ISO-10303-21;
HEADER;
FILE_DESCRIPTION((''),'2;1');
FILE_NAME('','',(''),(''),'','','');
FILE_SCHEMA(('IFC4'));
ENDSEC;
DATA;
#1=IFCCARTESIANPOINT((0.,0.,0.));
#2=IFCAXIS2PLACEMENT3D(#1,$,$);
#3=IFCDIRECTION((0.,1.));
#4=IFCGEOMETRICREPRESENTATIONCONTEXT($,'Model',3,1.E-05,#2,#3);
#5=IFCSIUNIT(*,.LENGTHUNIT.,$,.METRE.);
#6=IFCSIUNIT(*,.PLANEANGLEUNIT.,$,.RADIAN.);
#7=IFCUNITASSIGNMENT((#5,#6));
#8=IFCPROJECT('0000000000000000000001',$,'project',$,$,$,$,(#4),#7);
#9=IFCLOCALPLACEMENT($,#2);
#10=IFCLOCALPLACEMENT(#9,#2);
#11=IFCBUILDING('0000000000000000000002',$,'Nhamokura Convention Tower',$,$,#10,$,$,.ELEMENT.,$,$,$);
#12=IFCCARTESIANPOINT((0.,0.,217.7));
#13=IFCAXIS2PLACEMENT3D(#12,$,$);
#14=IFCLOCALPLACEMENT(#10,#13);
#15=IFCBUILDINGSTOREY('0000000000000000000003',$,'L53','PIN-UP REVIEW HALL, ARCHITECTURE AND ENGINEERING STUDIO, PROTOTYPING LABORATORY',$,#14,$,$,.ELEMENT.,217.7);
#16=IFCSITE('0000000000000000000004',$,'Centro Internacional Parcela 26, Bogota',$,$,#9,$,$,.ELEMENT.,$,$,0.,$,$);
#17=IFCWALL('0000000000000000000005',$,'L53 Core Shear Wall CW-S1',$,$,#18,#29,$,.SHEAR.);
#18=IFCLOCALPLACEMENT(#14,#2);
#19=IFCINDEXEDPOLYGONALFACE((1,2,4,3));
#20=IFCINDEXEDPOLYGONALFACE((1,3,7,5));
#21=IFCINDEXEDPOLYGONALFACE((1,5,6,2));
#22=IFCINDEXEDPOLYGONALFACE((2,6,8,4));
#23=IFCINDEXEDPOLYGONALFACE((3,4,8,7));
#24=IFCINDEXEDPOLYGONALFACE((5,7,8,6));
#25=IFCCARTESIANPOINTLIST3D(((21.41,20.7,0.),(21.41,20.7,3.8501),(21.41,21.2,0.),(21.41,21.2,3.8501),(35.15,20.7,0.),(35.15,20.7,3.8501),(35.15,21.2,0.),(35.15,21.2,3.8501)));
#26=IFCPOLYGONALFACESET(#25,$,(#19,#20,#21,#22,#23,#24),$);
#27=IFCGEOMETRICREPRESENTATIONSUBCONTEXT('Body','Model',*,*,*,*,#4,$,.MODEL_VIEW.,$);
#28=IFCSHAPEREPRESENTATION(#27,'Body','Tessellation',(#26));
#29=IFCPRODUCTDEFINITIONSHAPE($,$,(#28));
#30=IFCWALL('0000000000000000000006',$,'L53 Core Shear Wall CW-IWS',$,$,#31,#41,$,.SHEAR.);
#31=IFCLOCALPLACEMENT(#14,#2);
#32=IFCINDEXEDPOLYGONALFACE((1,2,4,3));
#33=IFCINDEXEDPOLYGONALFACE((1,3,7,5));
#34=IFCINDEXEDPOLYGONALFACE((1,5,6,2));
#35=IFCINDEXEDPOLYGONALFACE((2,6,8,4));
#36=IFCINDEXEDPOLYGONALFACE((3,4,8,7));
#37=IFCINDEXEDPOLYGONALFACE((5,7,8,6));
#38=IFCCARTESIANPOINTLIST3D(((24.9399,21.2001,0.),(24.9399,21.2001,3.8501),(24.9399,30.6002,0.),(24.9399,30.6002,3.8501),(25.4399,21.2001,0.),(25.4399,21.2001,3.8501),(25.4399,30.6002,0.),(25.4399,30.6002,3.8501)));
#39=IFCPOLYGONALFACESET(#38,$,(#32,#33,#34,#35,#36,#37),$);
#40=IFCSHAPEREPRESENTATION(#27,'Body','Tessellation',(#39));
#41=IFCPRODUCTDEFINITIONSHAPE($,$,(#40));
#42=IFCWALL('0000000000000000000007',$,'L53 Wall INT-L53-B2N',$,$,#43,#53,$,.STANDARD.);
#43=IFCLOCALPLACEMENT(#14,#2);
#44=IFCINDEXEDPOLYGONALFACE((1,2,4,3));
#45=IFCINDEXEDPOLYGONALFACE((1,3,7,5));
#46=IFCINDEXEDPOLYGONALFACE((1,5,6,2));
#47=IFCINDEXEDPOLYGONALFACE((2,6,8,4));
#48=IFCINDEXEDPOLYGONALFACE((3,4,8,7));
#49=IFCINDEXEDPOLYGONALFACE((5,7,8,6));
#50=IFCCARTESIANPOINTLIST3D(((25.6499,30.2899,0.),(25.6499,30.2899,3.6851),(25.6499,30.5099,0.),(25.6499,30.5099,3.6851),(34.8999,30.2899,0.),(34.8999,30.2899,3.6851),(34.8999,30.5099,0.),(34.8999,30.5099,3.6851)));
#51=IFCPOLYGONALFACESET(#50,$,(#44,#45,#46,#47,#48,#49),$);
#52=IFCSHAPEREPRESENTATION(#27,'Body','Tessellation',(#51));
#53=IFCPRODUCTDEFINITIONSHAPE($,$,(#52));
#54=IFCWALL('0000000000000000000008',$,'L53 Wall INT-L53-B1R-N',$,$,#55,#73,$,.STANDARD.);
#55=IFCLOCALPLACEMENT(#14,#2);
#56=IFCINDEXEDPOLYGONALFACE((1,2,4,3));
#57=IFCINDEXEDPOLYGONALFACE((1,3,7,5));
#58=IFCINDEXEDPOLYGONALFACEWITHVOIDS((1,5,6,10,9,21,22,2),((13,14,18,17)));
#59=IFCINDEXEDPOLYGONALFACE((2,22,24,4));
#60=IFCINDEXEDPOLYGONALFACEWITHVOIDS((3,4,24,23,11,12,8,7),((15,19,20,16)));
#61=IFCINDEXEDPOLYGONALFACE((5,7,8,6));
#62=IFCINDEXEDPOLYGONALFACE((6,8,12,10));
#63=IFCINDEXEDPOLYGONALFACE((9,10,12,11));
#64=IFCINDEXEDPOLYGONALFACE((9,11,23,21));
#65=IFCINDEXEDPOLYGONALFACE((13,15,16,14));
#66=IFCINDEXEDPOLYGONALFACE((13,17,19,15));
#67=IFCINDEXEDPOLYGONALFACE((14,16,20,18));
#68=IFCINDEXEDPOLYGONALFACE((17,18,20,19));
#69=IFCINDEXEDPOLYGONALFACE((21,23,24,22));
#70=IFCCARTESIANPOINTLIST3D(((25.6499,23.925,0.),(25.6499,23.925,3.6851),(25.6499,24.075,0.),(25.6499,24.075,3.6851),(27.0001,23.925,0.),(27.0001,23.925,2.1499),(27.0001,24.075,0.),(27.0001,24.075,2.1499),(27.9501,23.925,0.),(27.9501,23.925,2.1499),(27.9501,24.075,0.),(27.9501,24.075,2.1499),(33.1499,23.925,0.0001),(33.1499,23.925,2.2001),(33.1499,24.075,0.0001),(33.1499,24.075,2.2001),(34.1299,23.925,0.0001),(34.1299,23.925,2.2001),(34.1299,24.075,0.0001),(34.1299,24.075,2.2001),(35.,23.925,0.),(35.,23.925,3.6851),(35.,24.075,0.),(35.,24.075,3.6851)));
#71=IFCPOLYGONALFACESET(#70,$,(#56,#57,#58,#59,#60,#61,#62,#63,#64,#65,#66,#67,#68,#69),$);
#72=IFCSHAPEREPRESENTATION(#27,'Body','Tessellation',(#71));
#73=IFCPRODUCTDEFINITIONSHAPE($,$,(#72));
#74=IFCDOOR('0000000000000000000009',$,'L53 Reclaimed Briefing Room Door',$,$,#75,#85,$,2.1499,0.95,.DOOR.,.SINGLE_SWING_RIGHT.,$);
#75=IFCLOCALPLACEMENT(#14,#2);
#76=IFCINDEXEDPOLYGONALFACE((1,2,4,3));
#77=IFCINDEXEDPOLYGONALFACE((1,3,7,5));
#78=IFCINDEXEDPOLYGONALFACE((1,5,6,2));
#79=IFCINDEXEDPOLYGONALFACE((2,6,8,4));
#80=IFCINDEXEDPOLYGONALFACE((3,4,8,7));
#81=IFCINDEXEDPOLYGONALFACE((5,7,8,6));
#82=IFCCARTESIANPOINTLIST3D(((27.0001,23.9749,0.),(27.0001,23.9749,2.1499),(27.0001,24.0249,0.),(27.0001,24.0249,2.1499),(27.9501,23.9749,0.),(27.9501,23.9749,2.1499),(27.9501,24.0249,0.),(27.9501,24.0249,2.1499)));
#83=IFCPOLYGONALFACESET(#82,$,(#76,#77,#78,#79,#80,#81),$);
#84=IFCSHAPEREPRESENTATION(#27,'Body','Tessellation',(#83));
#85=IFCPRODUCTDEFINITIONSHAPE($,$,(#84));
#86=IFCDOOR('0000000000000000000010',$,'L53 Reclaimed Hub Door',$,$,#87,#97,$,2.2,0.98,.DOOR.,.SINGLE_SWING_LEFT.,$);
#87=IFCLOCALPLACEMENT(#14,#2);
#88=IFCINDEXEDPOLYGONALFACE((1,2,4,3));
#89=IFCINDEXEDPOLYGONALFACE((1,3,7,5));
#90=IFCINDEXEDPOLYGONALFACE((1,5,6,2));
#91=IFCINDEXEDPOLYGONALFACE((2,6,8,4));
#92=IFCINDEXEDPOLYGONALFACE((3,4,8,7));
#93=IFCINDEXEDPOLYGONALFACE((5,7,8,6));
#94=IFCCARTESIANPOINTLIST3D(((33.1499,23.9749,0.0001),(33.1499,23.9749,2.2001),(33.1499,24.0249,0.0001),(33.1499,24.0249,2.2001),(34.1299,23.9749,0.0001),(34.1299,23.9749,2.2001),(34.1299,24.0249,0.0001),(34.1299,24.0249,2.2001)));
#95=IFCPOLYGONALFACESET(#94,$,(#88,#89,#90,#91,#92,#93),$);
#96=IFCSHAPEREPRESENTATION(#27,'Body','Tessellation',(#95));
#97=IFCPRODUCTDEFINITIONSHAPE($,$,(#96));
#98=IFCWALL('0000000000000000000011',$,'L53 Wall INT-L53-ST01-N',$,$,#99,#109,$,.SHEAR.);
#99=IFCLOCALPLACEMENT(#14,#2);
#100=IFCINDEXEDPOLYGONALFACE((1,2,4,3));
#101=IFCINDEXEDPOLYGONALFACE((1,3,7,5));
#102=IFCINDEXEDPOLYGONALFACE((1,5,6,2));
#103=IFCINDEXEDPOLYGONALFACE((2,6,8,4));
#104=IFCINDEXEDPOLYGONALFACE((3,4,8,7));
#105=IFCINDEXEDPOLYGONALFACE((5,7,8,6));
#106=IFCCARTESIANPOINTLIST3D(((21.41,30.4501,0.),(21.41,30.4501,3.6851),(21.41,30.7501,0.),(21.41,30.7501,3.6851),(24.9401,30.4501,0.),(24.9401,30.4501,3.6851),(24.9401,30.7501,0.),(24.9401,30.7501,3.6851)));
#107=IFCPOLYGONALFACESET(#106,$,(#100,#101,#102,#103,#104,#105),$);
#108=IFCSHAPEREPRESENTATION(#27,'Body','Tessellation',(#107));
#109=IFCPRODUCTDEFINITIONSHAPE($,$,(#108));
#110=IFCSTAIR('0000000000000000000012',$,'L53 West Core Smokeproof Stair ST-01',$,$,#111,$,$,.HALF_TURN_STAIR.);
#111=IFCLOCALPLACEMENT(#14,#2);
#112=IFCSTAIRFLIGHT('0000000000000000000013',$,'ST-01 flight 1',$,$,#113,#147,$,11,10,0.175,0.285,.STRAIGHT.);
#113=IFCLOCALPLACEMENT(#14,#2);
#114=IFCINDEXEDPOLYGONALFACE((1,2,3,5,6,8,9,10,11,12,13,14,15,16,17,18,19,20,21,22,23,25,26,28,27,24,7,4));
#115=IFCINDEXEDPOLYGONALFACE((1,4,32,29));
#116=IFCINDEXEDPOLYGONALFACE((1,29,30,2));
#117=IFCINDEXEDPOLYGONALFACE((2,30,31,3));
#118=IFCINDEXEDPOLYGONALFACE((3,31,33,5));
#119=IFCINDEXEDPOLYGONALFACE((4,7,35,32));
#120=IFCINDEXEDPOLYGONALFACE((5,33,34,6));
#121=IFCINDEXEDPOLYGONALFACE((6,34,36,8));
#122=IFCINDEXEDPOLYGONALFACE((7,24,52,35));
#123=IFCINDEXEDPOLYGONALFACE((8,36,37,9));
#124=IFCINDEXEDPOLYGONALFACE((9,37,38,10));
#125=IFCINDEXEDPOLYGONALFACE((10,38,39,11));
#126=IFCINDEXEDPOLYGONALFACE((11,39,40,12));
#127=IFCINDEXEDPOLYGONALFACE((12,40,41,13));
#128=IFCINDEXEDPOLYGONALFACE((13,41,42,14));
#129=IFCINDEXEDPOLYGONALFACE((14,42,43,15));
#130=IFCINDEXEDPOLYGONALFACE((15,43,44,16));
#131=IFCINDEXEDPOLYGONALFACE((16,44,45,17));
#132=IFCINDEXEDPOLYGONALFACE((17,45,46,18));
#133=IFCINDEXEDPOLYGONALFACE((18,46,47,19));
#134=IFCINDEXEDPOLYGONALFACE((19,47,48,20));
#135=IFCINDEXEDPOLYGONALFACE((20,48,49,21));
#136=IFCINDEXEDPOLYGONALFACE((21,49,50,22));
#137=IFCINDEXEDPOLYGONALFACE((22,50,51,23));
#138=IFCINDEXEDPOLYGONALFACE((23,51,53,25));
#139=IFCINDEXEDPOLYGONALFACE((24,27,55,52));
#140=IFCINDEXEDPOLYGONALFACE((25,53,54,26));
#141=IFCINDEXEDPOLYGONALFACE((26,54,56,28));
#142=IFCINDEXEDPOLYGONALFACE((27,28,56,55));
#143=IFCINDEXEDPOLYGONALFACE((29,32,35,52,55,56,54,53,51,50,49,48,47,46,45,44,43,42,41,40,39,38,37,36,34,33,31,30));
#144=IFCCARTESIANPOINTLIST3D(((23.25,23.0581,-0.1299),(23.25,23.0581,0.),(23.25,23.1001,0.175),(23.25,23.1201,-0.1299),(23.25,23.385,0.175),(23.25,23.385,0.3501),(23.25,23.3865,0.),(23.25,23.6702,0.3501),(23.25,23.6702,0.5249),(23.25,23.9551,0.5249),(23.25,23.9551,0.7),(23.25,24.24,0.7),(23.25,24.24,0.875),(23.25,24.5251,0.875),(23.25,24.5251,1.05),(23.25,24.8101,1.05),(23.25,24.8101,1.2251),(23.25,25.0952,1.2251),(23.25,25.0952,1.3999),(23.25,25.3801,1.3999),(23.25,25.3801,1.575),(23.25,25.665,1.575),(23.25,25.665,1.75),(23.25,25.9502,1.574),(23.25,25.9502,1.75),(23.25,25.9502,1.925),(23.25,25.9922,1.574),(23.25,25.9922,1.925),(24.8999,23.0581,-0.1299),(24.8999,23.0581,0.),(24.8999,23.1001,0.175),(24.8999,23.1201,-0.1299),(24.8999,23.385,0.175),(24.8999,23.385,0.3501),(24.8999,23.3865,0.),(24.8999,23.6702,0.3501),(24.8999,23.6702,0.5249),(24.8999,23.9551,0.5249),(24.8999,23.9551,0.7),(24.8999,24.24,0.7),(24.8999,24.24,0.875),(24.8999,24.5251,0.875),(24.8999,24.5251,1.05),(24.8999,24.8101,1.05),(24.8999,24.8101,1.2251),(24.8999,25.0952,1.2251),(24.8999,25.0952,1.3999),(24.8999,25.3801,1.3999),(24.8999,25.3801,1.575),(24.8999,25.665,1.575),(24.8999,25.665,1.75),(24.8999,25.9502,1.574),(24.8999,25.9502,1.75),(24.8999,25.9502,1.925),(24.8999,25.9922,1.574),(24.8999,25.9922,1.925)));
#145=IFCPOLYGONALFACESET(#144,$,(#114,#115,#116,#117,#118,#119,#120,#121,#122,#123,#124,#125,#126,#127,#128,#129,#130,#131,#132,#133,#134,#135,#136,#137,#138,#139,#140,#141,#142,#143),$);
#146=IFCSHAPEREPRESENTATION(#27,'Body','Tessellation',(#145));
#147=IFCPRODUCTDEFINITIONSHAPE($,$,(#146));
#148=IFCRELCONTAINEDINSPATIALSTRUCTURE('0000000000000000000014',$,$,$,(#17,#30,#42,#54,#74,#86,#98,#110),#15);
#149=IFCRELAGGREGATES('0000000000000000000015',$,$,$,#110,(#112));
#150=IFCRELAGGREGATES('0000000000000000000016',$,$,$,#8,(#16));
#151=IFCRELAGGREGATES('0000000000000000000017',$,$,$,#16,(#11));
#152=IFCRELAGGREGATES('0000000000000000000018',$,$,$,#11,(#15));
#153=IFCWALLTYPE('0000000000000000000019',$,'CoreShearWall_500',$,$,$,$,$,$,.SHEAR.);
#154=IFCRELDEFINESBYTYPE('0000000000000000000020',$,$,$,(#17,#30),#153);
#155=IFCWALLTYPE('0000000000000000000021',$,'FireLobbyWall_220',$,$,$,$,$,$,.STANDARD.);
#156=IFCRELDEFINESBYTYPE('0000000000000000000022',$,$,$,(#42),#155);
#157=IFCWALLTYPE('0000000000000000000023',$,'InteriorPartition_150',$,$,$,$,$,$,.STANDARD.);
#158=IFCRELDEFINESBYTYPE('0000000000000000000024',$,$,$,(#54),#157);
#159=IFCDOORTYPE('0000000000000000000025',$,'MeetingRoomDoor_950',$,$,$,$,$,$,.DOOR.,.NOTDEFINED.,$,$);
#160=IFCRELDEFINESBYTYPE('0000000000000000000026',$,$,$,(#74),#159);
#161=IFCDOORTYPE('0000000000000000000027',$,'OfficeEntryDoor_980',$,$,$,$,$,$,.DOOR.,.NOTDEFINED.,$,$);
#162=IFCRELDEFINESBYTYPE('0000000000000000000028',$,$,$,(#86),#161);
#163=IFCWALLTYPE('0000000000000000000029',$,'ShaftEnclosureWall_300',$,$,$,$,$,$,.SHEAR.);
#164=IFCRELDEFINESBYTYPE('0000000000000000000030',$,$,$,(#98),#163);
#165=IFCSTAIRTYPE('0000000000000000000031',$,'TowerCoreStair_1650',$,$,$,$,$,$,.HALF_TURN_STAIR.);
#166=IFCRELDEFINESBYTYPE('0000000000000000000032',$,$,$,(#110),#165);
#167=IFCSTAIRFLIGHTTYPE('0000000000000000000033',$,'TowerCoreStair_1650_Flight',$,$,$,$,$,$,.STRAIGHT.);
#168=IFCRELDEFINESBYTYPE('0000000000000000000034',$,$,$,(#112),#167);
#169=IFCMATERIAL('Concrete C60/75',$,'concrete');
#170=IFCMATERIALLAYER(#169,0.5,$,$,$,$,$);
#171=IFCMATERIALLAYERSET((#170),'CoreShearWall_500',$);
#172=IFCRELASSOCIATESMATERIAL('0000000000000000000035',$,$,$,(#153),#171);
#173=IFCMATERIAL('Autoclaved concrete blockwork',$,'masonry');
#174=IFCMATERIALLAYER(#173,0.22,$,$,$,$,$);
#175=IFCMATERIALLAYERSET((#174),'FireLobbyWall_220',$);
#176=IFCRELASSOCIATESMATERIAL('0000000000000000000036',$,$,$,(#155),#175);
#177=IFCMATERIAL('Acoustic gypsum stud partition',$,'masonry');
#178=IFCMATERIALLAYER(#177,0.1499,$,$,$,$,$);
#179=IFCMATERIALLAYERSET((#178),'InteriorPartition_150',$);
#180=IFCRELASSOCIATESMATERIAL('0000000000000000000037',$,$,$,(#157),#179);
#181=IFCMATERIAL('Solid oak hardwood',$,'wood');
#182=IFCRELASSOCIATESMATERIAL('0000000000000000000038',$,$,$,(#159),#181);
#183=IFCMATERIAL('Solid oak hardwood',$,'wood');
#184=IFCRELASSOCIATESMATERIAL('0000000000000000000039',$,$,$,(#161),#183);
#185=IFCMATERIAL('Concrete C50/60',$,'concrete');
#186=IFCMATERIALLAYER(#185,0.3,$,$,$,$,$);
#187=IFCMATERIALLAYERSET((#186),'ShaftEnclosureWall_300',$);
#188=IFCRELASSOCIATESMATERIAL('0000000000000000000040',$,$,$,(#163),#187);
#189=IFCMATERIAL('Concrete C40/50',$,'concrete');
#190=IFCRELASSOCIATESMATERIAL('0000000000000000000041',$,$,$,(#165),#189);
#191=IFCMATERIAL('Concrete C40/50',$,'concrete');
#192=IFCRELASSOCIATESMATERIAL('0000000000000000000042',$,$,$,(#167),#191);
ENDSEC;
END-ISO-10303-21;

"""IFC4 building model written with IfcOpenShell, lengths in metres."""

from ifc_helpers import new_model, si_unit, direction, frame, frame_2d, origin, place, context, subcontext, project, spatial, polyline, rectangle, outline, extrude, material, layer, layer_set, type_object, element, fill, aggregate, save


model = new_model("IFC4")

# Units and contexts
model_context = context("Model", 3, precision=1e-05, world=origin(), true_north=direction((0.0, 1.0)))
body_context = subcontext(model_context, "Body", "Model", "MODEL_VIEW")
ifc_project = project(units=[si_unit("LENGTHUNIT", "METRE"), si_unit("PLANEANGLEUNIT", "RADIAN")], contexts=[model_context])

# Site, building, storey
site_placement = place(None, origin())
site = spatial("IfcSite", under=ifc_project, at=site_placement, Name="Centro Internacional Parcela 26, Bogota", CompositionType="ELEMENT", RefElevation=0.0)
building_placement = place(site_placement, origin())
building = spatial("IfcBuilding", under=site, at=building_placement, Name="Nhamokura Convention Tower", CompositionType="ELEMENT")
storey_placement = place(building_placement, frame((0.0, 0.0, 217.7)))
storey = spatial("IfcBuildingStorey", under=building, at=storey_placement, Name="L53", Description="PIN-UP REVIEW HALL, ARCHITECTURE AND ENGINEERING STUDIO, PROTOTYPING LABORATORY", CompositionType="ELEMENT", Elevation=217.7)

# Walls
ifc_material_1 = material(Name="Concrete C60/75", Category="concrete")
ifc_layer_1 = layer(ifc_material_1, 0.5)
ifc_layer_set_1 = layer_set([ifc_layer_1], Name="CoreShearWall_500")
wall_type_1 = type_object("IfcWallType", Name="CoreShearWall_500", PredefinedType="SHEAR", material=ifc_layer_set_1)
wall_1_placement = place(storey_placement, frame((21.4099, 20.95, 0.0), z_axis=(0.0, 0.0, 1.0), x_axis=(1.0, 0.0, 0.0)))
element("IfcWall", 1, at=wall_1_placement, inside=storey, type_object=wall_type_1, Name="L53 Core Shear Wall CW-S1", PredefinedType="SHEAR", context=body_context, shape_type="SweptSolid", body=[
    extrude(rectangle(XDim=13.74, YDim=0.5, at=frame_2d((6.8701, 0.0))), origin(), (0.0, 0.0, 1.0), 3.8501),
])
wall_2_placement = place(storey_placement, frame((25.1899, 21.2, 0.0), z_axis=(0.0, 0.0, 1.0), x_axis=(0.0, 1.0, 0.0)))
element("IfcWall", 2, at=wall_2_placement, inside=storey, type_object=wall_type_1, Name="L53 Core Shear Wall CW-IWS", PredefinedType="SHEAR", context=body_context, shape_type="SweptSolid", body=[
    extrude(rectangle(XDim=9.4001, YDim=0.5, at=frame_2d((4.7002, 0.0))), origin(), (0.0, 0.0, 1.0), 3.8501),
])

# Shared definitions
ifc_material_2 = material(Name="Autoclaved concrete blockwork", Category="masonry")
ifc_layer_2 = layer(ifc_material_2, 0.22)
ifc_layer_set_2 = layer_set([ifc_layer_2], Name="FireLobbyWall_220")
wall_type_2 = type_object("IfcWallType", Name="FireLobbyWall_220", PredefinedType="STANDARD", material=ifc_layer_set_2)

# Wall
wall_3_placement = place(storey_placement, frame((25.6499, 30.3999, 0.0), z_axis=(0.0, 0.0, 1.0), x_axis=(1.0, 0.0, 0.0)))
element("IfcWall", 3, at=wall_3_placement, inside=storey, type_object=wall_type_2, Name="L53 Wall INT-L53-B2N", PredefinedType="STANDARD", context=body_context, shape_type="SweptSolid", body=[
    extrude(rectangle(XDim=9.25, YDim=0.22, at=frame_2d((4.625, 0.0))), origin(), (0.0, 0.0, 1.0), 3.6851),
])

# Wall, openings, doors
ifc_material_3 = material(Name="Acoustic gypsum stud partition", Category="masonry")
ifc_layer_3 = layer(ifc_material_3, 0.1499)
ifc_layer_set_3 = layer_set([ifc_layer_3], Name="InteriorPartition_150")
wall_type_3 = type_object("IfcWallType", Name="InteriorPartition_150", PredefinedType="STANDARD", material=ifc_layer_set_3)
wall_4_placement = place(storey_placement, frame((25.6499, 24.0, 0.0), z_axis=(0.0, 0.0, 1.0), x_axis=(1.0, 0.0, 0.0)))
wall_4 = element("IfcWall", 4, at=wall_4_placement, inside=storey, type_object=wall_type_3, Name="L53 Wall INT-L53-B1R-N", PredefinedType="STANDARD", context=body_context, shape_type="SweptSolid", body=[
    extrude(rectangle(XDim=9.3501, YDim=0.1499, at=frame_2d((4.675, 0.0))), origin(), (0.0, 0.0, 1.0), 3.6851),
])
opening_1_placement = place(wall_4_placement, frame((1.3501, 0.0, 0.0)))
opening_1 = element("IfcOpeningElement", 5, at=opening_1_placement, cuts=wall_4, PredefinedType="OPENING", context=body_context, shape_type="SweptSolid", body=[
    extrude(rectangle(XDim=0.95, YDim=2.1499, at=frame_2d((0.4751, 1.075))), frame((0.0, 0.085, 0.0), z_axis=(0.0, -1.0, 0.0), x_axis=(1.0, 0.0, 0.0)), (0.0, 0.0, 1.0), 0.1699),
])
opening_2_placement = place(wall_4_placement, frame((7.5, 0.0, 0.0)))
opening_2 = element("IfcOpeningElement", 6, at=opening_2_placement, cuts=wall_4, PredefinedType="OPENING", context=body_context, shape_type="SweptSolid", body=[
    extrude(rectangle(XDim=0.98, YDim=2.2, at=frame_2d((0.49, 1.1001))), frame((0.0, 0.085, 0.0), z_axis=(0.0, -1.0, 0.0), x_axis=(1.0, 0.0, 0.0)), (0.0, 0.0, 1.0), 0.1699),
])
ifc_material_4 = material(Name="Solid oak hardwood", Category="wood")
door_type_1 = type_object("IfcDoorType", Name="MeetingRoomDoor_950", OperationType="NOTDEFINED", PredefinedType="DOOR", material=ifc_material_4)
door_1_placement = place(opening_1_placement, origin())
door_1 = element("IfcDoor", 7, at=door_1_placement, inside=storey, type_object=door_type_1, Name="L53 Reclaimed Briefing Room Door", OperationType="SINGLE_SWING_RIGHT", OverallHeight=2.1499, OverallWidth=0.95, PredefinedType="DOOR", context=body_context, shape_type="SweptSolid", body=[
    extrude(rectangle(XDim=0.95, YDim=2.1499, at=frame_2d((0.4751, 1.075))), frame((0.0, 0.0249, 0.0), z_axis=(0.0, -1.0, 0.0), x_axis=(1.0, 0.0, 0.0)), (0.0, 0.0, 1.0), 0.05),
])
fill(opening_1, door_1)
ifc_material_5 = material(Name="Solid oak hardwood", Category="wood")
door_type_2 = type_object("IfcDoorType", Name="OfficeEntryDoor_980", OperationType="NOTDEFINED", PredefinedType="DOOR", material=ifc_material_5)
door_2_placement = place(opening_2_placement, origin())
door_2 = element("IfcDoor", 8, at=door_2_placement, inside=storey, type_object=door_type_2, Name="L53 Reclaimed Hub Door", OperationType="SINGLE_SWING_LEFT", OverallHeight=2.2, OverallWidth=0.98, PredefinedType="DOOR", context=body_context, shape_type="SweptSolid", body=[
    extrude(rectangle(XDim=0.98, YDim=2.2, at=frame_2d((0.49, 1.1001))), frame((0.0, 0.0249, 0.0), z_axis=(0.0, -1.0, 0.0), x_axis=(1.0, 0.0, 0.0)), (0.0, 0.0, 1.0), 0.05),
])
fill(opening_2, door_2)

# Wall
ifc_material_6 = material(Name="Concrete C50/60", Category="concrete")
ifc_layer_4 = layer(ifc_material_6, 0.3)
ifc_layer_set_4 = layer_set([ifc_layer_4], Name="ShaftEnclosureWall_300")
wall_type_4 = type_object("IfcWallType", Name="ShaftEnclosureWall_300", PredefinedType="SHEAR", material=ifc_layer_set_4)
wall_5_placement = place(storey_placement, frame((21.4099, 30.6001, 0.0), z_axis=(0.0, 0.0, 1.0), x_axis=(1.0, 0.0, 0.0)))
element("IfcWall", 9, at=wall_5_placement, inside=storey, type_object=wall_type_4, Name="L53 Wall INT-L53-ST01-N", PredefinedType="SHEAR", context=body_context, shape_type="SweptSolid", body=[
    extrude(rectangle(XDim=3.53, YDim=0.3, at=frame_2d((1.7651, 0.0))), origin(), (0.0, 0.0, 1.0), 3.6851),
])

# Stair, stair flight
ifc_material_7 = material(Name="Concrete C40/50", Category="concrete")
stair_type = type_object("IfcStairType", Name="TowerCoreStair_1650", PredefinedType="HALF_TURN_STAIR", material=ifc_material_7)
stair_placement = place(storey_placement, origin())
stair = element("IfcStair", 10, at=stair_placement, inside=storey, type_object=stair_type, Name="L53 West Core Smokeproof Stair ST-01", PredefinedType="HALF_TURN_STAIR")
ifc_material_8 = material(Name="Concrete C40/50", Category="concrete")
stair_flight_type = type_object("IfcStairFlightType", Name="TowerCoreStair_1650_Flight", PredefinedType="STRAIGHT", material=ifc_material_8)
stair_flight_1_placement = place(storey_placement, frame((24.075, 23.1001, 0.0), z_axis=(0.0, 0.0, 1.0), x_axis=(0.0, 1.0, 0.0)))
stair_flight_1 = element("IfcStairFlight", 11, at=stair_flight_1_placement, type_object=stair_flight_type, Name="ST-01 flight 1", NumberOfRisers=11, NumberOfTreads=10, PredefinedType="STRAIGHT", RiserHeight=0.175, TreadLength=0.285, context=body_context, shape_type="SweptSolid", body=[
    extrude(outline(polyline([(-0.042, 0.0), (0.0, 0.175), (0.2849, 0.175), (0.2849, 0.3501), (0.5701, 0.3501), (0.5701, 0.5249), (0.855, 0.5249), (0.855, 0.7), (1.1399, 0.7), (1.1399, 0.875), (1.425, 0.875), (1.425, 1.05), (1.71, 1.05), (1.71, 1.2251), (1.9951, 1.2251), (1.9951, 1.3999), (2.28, 1.3999), (2.28, 1.575), (2.5649, 1.575), (2.5649, 1.75), (2.8501, 1.75), (2.8501, 1.925), (2.8921, 1.925), (2.8921, 1.574), (2.8501, 1.574), (0.2864, 0.0), (0.02, -0.1299), (-0.042, -0.1299), (-0.042, 0.0)])), frame((0.0, 0.825, 0.0), z_axis=(0.0, -1.0, 0.0), x_axis=(1.0, 0.0, 0.0)), (0.0, 0.0, 1.0), 1.6499),
])
aggregate(stair, [stair_flight_1])

save(model, "model.ifc")
